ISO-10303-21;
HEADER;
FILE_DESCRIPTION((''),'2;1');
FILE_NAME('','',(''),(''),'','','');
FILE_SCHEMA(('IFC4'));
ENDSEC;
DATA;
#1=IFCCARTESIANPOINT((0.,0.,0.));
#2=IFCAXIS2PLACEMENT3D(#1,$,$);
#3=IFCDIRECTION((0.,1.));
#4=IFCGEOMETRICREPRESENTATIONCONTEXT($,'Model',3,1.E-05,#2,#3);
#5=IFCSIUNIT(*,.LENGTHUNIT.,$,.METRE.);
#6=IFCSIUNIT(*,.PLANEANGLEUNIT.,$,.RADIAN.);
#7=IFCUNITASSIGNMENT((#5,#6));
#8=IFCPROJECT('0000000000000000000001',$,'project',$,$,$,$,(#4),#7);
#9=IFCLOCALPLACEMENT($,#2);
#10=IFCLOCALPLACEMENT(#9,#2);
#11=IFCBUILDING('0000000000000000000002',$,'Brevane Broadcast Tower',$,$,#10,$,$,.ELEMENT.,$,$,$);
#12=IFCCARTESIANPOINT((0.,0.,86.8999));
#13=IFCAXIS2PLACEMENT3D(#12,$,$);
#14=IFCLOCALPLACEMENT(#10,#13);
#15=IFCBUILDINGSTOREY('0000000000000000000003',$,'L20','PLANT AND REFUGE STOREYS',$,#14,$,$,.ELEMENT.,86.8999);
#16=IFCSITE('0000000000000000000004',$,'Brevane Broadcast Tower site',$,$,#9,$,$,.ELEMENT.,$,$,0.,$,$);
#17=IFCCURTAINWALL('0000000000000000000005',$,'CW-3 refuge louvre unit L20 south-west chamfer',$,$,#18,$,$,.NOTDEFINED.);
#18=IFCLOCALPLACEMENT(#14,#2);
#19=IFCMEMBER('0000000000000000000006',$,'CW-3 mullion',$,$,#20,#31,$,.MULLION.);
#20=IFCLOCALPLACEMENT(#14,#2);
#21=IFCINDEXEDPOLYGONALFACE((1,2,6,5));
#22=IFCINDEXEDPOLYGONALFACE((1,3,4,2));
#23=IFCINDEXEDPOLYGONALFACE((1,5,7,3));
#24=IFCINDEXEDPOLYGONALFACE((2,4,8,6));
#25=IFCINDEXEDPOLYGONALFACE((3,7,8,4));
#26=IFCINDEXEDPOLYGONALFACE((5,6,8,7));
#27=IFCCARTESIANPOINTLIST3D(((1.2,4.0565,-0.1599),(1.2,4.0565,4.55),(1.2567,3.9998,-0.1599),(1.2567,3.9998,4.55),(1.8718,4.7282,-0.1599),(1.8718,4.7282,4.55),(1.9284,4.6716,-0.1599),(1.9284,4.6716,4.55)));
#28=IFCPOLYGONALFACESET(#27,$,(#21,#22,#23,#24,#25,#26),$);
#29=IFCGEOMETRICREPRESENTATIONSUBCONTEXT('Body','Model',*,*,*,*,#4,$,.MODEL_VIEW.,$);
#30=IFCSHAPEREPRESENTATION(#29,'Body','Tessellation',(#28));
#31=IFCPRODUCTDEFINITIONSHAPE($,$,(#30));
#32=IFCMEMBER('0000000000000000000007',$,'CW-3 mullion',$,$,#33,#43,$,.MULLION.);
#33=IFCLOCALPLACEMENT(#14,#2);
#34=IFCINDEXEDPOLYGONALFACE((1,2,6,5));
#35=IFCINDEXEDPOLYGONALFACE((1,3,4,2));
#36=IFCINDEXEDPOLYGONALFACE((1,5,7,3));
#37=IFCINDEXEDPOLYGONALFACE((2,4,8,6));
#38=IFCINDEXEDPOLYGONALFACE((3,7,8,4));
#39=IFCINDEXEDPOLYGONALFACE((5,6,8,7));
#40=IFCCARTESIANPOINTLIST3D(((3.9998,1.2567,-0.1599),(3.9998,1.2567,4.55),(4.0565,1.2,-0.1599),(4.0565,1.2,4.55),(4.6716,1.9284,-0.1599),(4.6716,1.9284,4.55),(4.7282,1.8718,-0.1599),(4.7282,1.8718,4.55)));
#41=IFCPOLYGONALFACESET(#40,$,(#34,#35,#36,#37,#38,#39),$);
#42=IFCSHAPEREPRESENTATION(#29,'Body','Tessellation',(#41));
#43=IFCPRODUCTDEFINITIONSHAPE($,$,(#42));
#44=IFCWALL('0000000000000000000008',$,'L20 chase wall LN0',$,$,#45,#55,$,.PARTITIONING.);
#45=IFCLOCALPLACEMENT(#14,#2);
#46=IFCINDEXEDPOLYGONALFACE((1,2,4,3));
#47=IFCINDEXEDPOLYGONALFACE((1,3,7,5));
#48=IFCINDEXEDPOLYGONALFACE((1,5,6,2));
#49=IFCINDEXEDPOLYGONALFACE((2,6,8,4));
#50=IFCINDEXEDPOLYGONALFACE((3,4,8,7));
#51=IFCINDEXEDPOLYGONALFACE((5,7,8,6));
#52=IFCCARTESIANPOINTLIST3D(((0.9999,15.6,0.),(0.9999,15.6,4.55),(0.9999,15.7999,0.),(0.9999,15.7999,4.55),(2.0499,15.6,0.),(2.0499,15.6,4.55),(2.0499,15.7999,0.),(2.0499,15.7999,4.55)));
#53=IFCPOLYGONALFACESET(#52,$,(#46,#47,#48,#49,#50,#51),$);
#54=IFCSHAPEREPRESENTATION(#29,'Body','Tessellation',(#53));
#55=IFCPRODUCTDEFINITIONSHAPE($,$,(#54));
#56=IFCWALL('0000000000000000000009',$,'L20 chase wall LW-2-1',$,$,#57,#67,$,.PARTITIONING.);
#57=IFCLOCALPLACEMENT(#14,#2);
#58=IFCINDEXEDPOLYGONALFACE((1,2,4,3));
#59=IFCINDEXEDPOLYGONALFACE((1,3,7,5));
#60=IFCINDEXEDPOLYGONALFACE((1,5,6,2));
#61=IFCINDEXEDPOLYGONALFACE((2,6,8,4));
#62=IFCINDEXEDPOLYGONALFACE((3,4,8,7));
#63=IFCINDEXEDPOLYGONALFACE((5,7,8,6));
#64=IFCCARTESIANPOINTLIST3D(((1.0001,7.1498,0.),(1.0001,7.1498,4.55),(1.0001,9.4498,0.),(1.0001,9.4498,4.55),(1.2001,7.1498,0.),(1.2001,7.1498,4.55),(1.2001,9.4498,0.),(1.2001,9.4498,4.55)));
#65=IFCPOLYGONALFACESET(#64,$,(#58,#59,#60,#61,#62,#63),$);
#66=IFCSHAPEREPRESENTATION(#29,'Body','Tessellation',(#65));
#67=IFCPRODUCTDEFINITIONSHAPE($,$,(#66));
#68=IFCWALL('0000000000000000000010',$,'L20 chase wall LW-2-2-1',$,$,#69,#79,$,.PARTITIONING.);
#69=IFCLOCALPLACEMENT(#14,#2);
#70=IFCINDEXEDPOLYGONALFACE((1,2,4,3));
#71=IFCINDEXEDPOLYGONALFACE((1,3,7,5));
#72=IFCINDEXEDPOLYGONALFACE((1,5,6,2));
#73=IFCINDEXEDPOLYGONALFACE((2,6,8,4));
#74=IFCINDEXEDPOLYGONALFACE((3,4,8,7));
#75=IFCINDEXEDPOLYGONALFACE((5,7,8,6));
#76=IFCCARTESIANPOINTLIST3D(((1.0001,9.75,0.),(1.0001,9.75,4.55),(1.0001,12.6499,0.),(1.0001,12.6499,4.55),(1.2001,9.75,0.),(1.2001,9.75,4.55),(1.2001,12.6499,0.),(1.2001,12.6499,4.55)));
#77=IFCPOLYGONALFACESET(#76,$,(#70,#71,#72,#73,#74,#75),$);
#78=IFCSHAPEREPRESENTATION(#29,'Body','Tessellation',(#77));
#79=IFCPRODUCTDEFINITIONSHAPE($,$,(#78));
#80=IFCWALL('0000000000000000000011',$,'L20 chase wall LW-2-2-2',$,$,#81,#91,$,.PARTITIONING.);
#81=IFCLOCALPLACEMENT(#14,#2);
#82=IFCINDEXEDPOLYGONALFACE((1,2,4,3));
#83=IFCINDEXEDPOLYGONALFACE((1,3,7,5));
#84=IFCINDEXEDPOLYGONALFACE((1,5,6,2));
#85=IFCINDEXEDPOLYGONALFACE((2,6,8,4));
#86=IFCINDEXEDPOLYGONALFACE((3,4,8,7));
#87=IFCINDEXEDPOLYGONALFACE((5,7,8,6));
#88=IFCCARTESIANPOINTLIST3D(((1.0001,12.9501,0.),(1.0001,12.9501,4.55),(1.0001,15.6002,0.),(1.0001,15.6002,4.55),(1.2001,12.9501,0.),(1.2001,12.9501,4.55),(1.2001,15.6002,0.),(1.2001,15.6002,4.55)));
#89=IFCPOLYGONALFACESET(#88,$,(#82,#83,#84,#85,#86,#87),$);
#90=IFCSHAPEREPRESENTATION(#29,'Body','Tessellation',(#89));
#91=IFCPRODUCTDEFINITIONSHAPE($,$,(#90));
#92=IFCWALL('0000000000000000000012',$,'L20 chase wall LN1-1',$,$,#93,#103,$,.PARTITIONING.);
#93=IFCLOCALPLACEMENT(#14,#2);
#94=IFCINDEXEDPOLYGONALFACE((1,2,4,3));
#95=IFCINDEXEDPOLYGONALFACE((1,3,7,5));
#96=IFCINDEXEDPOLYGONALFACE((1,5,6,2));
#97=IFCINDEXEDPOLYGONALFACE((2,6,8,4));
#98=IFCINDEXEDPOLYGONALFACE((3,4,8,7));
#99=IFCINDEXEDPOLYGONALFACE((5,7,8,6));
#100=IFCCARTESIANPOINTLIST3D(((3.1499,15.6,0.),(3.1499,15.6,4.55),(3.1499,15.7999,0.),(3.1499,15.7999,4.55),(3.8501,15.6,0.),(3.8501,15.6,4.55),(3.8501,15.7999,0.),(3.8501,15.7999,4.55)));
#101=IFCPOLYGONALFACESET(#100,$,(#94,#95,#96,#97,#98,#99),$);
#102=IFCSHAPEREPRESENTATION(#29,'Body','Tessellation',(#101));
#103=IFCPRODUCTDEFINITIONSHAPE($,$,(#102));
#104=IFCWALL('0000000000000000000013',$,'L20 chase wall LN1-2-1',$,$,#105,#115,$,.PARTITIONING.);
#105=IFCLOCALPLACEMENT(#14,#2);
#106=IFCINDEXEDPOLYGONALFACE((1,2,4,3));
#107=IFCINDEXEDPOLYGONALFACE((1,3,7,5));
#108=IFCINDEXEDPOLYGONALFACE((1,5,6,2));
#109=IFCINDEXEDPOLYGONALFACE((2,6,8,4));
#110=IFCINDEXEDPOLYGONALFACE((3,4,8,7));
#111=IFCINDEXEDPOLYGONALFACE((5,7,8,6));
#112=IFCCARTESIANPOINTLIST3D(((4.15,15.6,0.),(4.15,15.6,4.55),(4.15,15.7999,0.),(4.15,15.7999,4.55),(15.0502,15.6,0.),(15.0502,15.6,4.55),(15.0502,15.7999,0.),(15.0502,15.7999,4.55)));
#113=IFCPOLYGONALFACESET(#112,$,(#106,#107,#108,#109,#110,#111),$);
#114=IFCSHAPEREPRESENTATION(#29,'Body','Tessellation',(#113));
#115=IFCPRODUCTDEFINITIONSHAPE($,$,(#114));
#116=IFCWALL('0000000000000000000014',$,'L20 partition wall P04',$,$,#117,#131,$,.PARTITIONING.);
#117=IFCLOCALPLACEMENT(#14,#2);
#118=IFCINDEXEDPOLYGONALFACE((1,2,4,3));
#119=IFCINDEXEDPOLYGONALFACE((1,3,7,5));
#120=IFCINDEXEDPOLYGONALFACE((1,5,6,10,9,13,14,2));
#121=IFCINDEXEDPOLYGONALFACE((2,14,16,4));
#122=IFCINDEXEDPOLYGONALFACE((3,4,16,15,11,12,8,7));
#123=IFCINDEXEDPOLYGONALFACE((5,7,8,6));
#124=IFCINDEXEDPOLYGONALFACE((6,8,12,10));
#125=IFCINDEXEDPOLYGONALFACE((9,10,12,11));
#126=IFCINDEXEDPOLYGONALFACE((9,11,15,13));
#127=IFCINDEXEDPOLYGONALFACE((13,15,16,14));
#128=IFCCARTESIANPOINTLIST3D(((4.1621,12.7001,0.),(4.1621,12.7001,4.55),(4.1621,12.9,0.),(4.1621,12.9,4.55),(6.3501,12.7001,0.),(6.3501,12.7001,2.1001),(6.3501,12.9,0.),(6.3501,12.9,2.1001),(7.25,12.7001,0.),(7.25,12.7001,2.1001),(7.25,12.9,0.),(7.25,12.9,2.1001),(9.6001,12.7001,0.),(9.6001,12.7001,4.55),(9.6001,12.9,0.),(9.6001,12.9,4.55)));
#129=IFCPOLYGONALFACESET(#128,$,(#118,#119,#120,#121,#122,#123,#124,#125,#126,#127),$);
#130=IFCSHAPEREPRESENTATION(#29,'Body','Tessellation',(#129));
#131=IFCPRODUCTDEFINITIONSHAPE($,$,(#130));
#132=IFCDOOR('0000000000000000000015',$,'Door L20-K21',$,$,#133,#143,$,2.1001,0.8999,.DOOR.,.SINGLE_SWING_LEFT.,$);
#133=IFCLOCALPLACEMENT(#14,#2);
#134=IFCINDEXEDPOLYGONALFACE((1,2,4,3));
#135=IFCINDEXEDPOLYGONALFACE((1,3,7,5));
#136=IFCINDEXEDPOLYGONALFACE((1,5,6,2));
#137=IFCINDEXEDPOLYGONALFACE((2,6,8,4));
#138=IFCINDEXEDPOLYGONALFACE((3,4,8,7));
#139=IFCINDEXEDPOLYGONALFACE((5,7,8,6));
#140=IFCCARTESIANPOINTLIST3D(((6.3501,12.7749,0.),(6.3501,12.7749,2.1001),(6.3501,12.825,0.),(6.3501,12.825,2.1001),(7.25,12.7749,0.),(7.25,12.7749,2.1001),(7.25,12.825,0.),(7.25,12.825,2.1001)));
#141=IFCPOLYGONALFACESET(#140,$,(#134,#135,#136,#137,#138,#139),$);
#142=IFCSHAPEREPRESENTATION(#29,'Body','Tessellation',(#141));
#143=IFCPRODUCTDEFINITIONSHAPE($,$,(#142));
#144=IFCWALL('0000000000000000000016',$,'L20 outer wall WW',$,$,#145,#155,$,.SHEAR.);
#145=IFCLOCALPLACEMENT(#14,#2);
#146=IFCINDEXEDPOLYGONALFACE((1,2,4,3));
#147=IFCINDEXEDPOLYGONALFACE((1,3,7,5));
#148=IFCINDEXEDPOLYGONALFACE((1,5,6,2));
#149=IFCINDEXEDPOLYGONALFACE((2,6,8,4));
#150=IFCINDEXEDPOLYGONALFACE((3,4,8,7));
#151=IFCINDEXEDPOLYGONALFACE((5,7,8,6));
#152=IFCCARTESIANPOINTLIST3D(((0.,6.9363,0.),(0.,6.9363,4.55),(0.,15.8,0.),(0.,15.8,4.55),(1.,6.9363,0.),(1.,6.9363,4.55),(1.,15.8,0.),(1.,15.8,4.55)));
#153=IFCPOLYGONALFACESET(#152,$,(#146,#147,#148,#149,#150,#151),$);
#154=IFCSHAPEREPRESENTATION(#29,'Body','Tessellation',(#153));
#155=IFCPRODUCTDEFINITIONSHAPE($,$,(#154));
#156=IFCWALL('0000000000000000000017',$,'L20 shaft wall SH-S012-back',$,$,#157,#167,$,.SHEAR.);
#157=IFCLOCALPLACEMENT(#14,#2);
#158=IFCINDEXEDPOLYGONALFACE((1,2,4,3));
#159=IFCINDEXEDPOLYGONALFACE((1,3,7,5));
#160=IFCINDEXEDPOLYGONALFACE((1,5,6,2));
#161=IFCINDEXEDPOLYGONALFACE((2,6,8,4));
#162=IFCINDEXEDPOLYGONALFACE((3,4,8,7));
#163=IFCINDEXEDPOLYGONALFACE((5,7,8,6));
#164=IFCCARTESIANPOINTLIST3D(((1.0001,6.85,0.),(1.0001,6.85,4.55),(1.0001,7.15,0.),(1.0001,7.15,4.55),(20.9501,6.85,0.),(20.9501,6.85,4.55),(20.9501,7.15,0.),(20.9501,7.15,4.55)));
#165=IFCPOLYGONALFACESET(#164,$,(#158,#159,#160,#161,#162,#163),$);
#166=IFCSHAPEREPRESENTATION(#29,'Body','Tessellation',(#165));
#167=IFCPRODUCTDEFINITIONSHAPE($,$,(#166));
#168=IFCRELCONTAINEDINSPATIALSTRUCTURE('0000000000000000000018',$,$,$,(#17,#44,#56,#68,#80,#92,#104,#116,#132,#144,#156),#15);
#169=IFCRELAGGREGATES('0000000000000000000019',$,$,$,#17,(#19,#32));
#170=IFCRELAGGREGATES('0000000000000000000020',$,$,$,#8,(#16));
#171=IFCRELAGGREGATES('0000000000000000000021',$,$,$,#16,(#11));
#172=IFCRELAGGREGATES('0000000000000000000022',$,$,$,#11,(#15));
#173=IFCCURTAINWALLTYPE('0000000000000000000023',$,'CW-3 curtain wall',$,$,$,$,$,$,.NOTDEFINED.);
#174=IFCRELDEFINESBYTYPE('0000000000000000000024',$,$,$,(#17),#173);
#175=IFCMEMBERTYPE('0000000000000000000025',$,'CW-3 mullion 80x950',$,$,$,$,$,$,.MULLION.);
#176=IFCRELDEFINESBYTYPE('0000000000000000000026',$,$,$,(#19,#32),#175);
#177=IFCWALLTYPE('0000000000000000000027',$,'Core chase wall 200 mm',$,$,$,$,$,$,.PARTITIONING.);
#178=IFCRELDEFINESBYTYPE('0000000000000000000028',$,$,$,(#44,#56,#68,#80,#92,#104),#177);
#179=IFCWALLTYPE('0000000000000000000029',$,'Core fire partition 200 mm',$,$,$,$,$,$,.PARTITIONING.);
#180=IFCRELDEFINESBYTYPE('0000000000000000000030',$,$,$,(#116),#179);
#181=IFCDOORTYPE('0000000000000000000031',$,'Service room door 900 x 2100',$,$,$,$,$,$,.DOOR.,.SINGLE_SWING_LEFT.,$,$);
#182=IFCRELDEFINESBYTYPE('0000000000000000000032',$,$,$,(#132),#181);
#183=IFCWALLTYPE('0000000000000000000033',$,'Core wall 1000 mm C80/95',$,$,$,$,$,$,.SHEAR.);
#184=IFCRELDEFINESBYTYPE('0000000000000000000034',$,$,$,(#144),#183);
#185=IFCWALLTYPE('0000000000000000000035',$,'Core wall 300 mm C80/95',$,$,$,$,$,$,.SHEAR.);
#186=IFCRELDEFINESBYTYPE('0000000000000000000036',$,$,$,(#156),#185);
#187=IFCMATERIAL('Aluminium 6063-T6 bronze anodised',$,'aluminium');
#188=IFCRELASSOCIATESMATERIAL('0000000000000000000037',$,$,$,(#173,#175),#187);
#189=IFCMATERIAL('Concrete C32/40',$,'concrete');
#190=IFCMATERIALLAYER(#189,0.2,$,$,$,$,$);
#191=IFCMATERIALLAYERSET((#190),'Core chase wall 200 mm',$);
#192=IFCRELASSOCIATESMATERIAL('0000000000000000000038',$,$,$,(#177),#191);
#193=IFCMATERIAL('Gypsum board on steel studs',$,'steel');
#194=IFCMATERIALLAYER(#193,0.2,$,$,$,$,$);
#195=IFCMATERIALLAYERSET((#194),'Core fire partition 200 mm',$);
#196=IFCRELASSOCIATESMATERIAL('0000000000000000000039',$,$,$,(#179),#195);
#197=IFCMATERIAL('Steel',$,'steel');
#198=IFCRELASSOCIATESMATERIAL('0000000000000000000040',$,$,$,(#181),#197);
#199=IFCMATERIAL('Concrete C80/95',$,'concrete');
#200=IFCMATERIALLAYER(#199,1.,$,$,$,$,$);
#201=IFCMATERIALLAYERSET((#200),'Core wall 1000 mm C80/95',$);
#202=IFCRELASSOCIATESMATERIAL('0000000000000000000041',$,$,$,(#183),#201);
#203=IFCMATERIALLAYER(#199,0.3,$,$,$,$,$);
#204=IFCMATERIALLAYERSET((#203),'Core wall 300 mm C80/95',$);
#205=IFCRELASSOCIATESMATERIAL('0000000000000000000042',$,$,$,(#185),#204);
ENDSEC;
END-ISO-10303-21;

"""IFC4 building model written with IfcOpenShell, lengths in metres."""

from ifc_helpers import new_model, si_unit, direction, frame, frame_2d, origin, origin_2d, place, context, subcontext, project, spatial, rectangle, extrude, material, layer, layer_set, material_profile, profile_set, type_object, element, fill, aggregate, save


model = new_model("IFC4")

# Units and contexts
model_context = context("Model", 3, precision=1e-05, world=origin(), true_north=direction((0.0, 1.0)))
body_context = subcontext(model_context, "Body", "Model", "MODEL_VIEW")
ifc_project = project(units=[si_unit("LENGTHUNIT", "METRE"), si_unit("PLANEANGLEUNIT", "RADIAN")], contexts=[model_context])

# Site, building, storey
site_placement = place(None, origin())
site = spatial("IfcSite", under=ifc_project, at=site_placement, Name="Brevane Broadcast Tower site", CompositionType="ELEMENT", RefElevation=0.0)
building_placement = place(site_placement, origin())
building = spatial("IfcBuilding", under=site, at=building_placement, Name="Brevane Broadcast Tower", CompositionType="ELEMENT")
storey_placement = place(building_placement, frame((0.0, 0.0, 86.8999)))
storey = spatial("IfcBuildingStorey", under=building, at=storey_placement, Name="L20", Description="PLANT AND REFUGE STOREYS", CompositionType="ELEMENT", Elevation=86.8999)

# Curtain wall, members
ifc_material_1 = material(Name="Aluminium 6063-T6 bronze anodised", Category="aluminium")
curtain_wall_type = type_object("IfcCurtainWallType", Name="CW-3 curtain wall", PredefinedType="NOTDEFINED", material=ifc_material_1)
curtain_wall_placement = place(storey_placement, origin())
curtain_wall = element("IfcCurtainWall", 1, at=curtain_wall_placement, inside=storey, type_object=curtain_wall_type, Name="CW-3 refuge louvre unit L20 south-west chamfer", PredefinedType="NOTDEFINED")
ifc_material_profile = material_profile(ifc_material_1, rectangle(XDim=0.95, YDim=0.0801, at=origin_2d()), Name="RECT 80x950")
ifc_profile_set = profile_set([ifc_material_profile], Name="Aluminium 6063-T6 bronze anodised")
member_type = type_object("IfcMemberType", Name="CW-3 mullion 80x950", PredefinedType="MULLION", material=ifc_profile_set)
member_1_placement = place(storey_placement, frame((1.5642, 4.364, -0.1599), z_axis=(0.0, 0.0, 1.0), x_axis=(0.707107, 0.707107, 0.0)))
member_1 = element("IfcMember", 2, at=member_1_placement, type_object=member_type, Name="CW-3 mullion", PredefinedType="MULLION", context=body_context, shape_type="SweptSolid", body=[
    extrude(rectangle(XDim=0.95, YDim=0.0801, at=origin_2d()), origin(), (0.0, 0.0, 1.0), 4.71),
])
member_2_placement = place(storey_placement, frame((4.364, 1.5642, -0.1599), z_axis=(0.0, 0.0, 1.0), x_axis=(0.707107, 0.707107, 0.0)))
member_2 = element("IfcMember", 3, at=member_2_placement, type_object=member_type, Name="CW-3 mullion", PredefinedType="MULLION", context=body_context, shape_type="SweptSolid", body=[
    extrude(rectangle(XDim=0.95, YDim=0.0801, at=origin_2d()), origin(), (0.0, 0.0, 1.0), 4.71),
])
aggregate(curtain_wall, [member_1, member_2])

# Walls
ifc_material_2 = material(Name="Concrete C32/40", Category="concrete")
ifc_layer_1 = layer(ifc_material_2, 0.2)
ifc_layer_set_1 = layer_set([ifc_layer_1], Name="Core chase wall 200 mm")
wall_type_1 = type_object("IfcWallType", Name="Core chase wall 200 mm", PredefinedType="PARTITIONING", material=ifc_layer_set_1)
wall_1_placement = place(storey_placement, frame((1.0, 15.7, 0.0), z_axis=(0.0, 0.0, 1.0), x_axis=(1.0, 0.0, 0.0)))
element("IfcWall", 4, at=wall_1_placement, inside=storey, type_object=wall_type_1, Name="L20 chase wall LN0", PredefinedType="PARTITIONING", context=body_context, shape_type="SweptSolid", body=[
    extrude(rectangle(XDim=1.05, YDim=0.2, at=frame_2d((0.5249, 0.0))), origin(), (0.0, 0.0, 1.0), 4.55),
])
wall_2_placement = place(storey_placement, frame((1.1001, 7.1499, 0.0), z_axis=(0.0, 0.0, 1.0), x_axis=(0.0, 1.0, 0.0)))
element("IfcWall", 5, at=wall_2_placement, inside=storey, type_object=wall_type_1, Name="L20 chase wall LW-2-1", PredefinedType="PARTITIONING", context=body_context, shape_type="SweptSolid", body=[
    extrude(rectangle(XDim=2.3, YDim=0.2, at=frame_2d((1.1499, 0.0))), origin(), (0.0, 0.0, 1.0), 4.55),
])
wall_3_placement = place(storey_placement, frame((1.1001, 9.75, 0.0), z_axis=(0.0, 0.0, 1.0), x_axis=(0.0, 1.0, 0.0)))
element("IfcWall", 6, at=wall_3_placement, inside=storey, type_object=wall_type_1, Name="L20 chase wall LW-2-2-1", PredefinedType="PARTITIONING", context=body_context, shape_type="SweptSolid", body=[
    extrude(rectangle(XDim=2.8999, YDim=0.2, at=frame_2d((1.45, 0.0))), origin(), (0.0, 0.0, 1.0), 4.55),
])
wall_4_placement = place(storey_placement, frame((1.1001, 12.95, 0.0), z_axis=(0.0, 0.0, 1.0), x_axis=(0.0, 1.0, 0.0)))
element("IfcWall", 7, at=wall_4_placement, inside=storey, type_object=wall_type_1, Name="L20 chase wall LW-2-2-2", PredefinedType="PARTITIONING", context=body_context, shape_type="SweptSolid", body=[
    extrude(rectangle(XDim=2.6501, YDim=0.2, at=frame_2d((1.3252, 0.0))), origin(), (0.0, 0.0, 1.0), 4.55),
])
wall_5_placement = place(storey_placement, frame((3.1499, 15.7, 0.0), z_axis=(0.0, 0.0, 1.0), x_axis=(1.0, 0.0, 0.0)))
element("IfcWall", 8, at=wall_5_placement, inside=storey, type_object=wall_type_1, Name="L20 chase wall LN1-1", PredefinedType="PARTITIONING", context=body_context, shape_type="SweptSolid", body=[
    extrude(rectangle(XDim=0.7002, YDim=0.2, at=frame_2d((0.3501, 0.0))), origin(), (0.0, 0.0, 1.0), 4.55),
])
wall_6_placement = place(storey_placement, frame((4.1499, 15.7, 0.0), z_axis=(0.0, 0.0, 1.0), x_axis=(1.0, 0.0, 0.0)))
element("IfcWall", 9, at=wall_6_placement, inside=storey, type_object=wall_type_1, Name="L20 chase wall LN1-2-1", PredefinedType="PARTITIONING", context=body_context, shape_type="SweptSolid", body=[
    extrude(rectangle(XDim=10.9001, YDim=0.2, at=frame_2d((5.4502, 0.0))), origin(), (0.0, 0.0, 1.0), 4.55),
])

# Wall, opening, door
ifc_material_3 = material(Name="Gypsum board on steel studs", Category="steel")
ifc_layer_2 = layer(ifc_material_3, 0.2)
ifc_layer_set_2 = layer_set([ifc_layer_2], Name="Core fire partition 200 mm")
wall_type_2 = type_object("IfcWallType", Name="Core fire partition 200 mm", PredefinedType="PARTITIONING", material=ifc_layer_set_2)
wall_7_placement = place(storey_placement, frame((4.1621, 12.8, 0.0), z_axis=(0.0, 0.0, 1.0), x_axis=(1.0, 0.0, 0.0)))
wall_7 = element("IfcWall", 10, at=wall_7_placement, inside=storey, type_object=wall_type_2, Name="L20 partition wall P04", PredefinedType="PARTITIONING", context=body_context, shape_type="SweptSolid", body=[
    extrude(rectangle(XDim=5.438, YDim=0.2, at=frame_2d((2.719, 0.0))), origin(), (0.0, 0.0, 1.0), 4.55),
])
opening_1_placement = place(wall_7_placement, frame((2.188, 0.0, 0.0)))
opening_1 = element("IfcOpeningElement", 11, at=opening_1_placement, cuts=wall_7, PredefinedType="OPENING", context=body_context, shape_type="SweptSolid", body=[
    extrude(rectangle(XDim=0.8999, YDim=2.1001, at=frame_2d((0.45, 1.05))), frame((0.0, 0.1099, 0.0), z_axis=(0.0, -1.0, 0.0), x_axis=(1.0, 0.0, 0.0)), (0.0, 0.0, 1.0), 0.22),
])
ifc_material_4 = material(Name="Steel", Category="steel")
door_type_1 = type_object("IfcDoorType", Name="Service room door 900 x 2100", OperationType="SINGLE_SWING_LEFT", PredefinedType="DOOR", material=ifc_material_4)
door_1_placement = place(opening_1_placement, origin())
door_1 = element("IfcDoor", 12, at=door_1_placement, inside=storey, type_object=door_type_1, Name="Door L20-K21", OperationType="SINGLE_SWING_LEFT", OverallHeight=2.1001, OverallWidth=0.8999, PredefinedType="DOOR", context=body_context, shape_type="SweptSolid", body=[
    extrude(rectangle(XDim=0.8999, YDim=2.1001, at=frame_2d((0.45, 1.05))), frame((0.0, 0.0249, 0.0), z_axis=(0.0, -1.0, 0.0), x_axis=(1.0, 0.0, 0.0)), (0.0, 0.0, 1.0), 0.05),
])
fill(opening_1, door_1)

# Walls
ifc_material_5 = material(Name="Concrete C80/95", Category="concrete")
ifc_layer_3 = layer(ifc_material_5, 1.0)
ifc_layer_set_3 = layer_set([ifc_layer_3], Name="Core wall 1000 mm C80/95")
wall_type_3 = type_object("IfcWallType", Name="Core wall 1000 mm C80/95", PredefinedType="SHEAR", material=ifc_layer_set_3)
wall_8_placement = place(storey_placement, frame((0.5, 6.9363, 0.0), z_axis=(0.0, 0.0, 1.0), x_axis=(0.0, 1.0, 0.0)))
element("IfcWall", 13, at=wall_8_placement, inside=storey, type_object=wall_type_3, Name="L20 outer wall WW", PredefinedType="SHEAR", context=body_context, shape_type="SweptSolid", body=[
    extrude(rectangle(XDim=8.8638, YDim=1.0, at=frame_2d((4.4319, 0.0))), origin(), (0.0, 0.0, 1.0), 4.55),
])
ifc_layer_4 = layer(ifc_material_5, 0.3)
ifc_layer_set_4 = layer_set([ifc_layer_4], Name="Core wall 300 mm C80/95")
wall_type_4 = type_object("IfcWallType", Name="Core wall 300 mm C80/95", PredefinedType="SHEAR", material=ifc_layer_set_4)
wall_9_placement = place(storey_placement, frame((1.0, 7.0, 0.0), z_axis=(0.0, 0.0, 1.0), x_axis=(1.0, 0.0, 0.0)))
element("IfcWall", 14, at=wall_9_placement, inside=storey, type_object=wall_type_4, Name="L20 shaft wall SH-S012-back", PredefinedType="SHEAR", context=body_context, shape_type="SweptSolid", body=[
    extrude(rectangle(XDim=19.95, YDim=0.3, at=frame_2d((9.9751, 0.0))), origin(), (0.0, 0.0, 1.0), 4.55),
])

save(model, "model.ifc")
